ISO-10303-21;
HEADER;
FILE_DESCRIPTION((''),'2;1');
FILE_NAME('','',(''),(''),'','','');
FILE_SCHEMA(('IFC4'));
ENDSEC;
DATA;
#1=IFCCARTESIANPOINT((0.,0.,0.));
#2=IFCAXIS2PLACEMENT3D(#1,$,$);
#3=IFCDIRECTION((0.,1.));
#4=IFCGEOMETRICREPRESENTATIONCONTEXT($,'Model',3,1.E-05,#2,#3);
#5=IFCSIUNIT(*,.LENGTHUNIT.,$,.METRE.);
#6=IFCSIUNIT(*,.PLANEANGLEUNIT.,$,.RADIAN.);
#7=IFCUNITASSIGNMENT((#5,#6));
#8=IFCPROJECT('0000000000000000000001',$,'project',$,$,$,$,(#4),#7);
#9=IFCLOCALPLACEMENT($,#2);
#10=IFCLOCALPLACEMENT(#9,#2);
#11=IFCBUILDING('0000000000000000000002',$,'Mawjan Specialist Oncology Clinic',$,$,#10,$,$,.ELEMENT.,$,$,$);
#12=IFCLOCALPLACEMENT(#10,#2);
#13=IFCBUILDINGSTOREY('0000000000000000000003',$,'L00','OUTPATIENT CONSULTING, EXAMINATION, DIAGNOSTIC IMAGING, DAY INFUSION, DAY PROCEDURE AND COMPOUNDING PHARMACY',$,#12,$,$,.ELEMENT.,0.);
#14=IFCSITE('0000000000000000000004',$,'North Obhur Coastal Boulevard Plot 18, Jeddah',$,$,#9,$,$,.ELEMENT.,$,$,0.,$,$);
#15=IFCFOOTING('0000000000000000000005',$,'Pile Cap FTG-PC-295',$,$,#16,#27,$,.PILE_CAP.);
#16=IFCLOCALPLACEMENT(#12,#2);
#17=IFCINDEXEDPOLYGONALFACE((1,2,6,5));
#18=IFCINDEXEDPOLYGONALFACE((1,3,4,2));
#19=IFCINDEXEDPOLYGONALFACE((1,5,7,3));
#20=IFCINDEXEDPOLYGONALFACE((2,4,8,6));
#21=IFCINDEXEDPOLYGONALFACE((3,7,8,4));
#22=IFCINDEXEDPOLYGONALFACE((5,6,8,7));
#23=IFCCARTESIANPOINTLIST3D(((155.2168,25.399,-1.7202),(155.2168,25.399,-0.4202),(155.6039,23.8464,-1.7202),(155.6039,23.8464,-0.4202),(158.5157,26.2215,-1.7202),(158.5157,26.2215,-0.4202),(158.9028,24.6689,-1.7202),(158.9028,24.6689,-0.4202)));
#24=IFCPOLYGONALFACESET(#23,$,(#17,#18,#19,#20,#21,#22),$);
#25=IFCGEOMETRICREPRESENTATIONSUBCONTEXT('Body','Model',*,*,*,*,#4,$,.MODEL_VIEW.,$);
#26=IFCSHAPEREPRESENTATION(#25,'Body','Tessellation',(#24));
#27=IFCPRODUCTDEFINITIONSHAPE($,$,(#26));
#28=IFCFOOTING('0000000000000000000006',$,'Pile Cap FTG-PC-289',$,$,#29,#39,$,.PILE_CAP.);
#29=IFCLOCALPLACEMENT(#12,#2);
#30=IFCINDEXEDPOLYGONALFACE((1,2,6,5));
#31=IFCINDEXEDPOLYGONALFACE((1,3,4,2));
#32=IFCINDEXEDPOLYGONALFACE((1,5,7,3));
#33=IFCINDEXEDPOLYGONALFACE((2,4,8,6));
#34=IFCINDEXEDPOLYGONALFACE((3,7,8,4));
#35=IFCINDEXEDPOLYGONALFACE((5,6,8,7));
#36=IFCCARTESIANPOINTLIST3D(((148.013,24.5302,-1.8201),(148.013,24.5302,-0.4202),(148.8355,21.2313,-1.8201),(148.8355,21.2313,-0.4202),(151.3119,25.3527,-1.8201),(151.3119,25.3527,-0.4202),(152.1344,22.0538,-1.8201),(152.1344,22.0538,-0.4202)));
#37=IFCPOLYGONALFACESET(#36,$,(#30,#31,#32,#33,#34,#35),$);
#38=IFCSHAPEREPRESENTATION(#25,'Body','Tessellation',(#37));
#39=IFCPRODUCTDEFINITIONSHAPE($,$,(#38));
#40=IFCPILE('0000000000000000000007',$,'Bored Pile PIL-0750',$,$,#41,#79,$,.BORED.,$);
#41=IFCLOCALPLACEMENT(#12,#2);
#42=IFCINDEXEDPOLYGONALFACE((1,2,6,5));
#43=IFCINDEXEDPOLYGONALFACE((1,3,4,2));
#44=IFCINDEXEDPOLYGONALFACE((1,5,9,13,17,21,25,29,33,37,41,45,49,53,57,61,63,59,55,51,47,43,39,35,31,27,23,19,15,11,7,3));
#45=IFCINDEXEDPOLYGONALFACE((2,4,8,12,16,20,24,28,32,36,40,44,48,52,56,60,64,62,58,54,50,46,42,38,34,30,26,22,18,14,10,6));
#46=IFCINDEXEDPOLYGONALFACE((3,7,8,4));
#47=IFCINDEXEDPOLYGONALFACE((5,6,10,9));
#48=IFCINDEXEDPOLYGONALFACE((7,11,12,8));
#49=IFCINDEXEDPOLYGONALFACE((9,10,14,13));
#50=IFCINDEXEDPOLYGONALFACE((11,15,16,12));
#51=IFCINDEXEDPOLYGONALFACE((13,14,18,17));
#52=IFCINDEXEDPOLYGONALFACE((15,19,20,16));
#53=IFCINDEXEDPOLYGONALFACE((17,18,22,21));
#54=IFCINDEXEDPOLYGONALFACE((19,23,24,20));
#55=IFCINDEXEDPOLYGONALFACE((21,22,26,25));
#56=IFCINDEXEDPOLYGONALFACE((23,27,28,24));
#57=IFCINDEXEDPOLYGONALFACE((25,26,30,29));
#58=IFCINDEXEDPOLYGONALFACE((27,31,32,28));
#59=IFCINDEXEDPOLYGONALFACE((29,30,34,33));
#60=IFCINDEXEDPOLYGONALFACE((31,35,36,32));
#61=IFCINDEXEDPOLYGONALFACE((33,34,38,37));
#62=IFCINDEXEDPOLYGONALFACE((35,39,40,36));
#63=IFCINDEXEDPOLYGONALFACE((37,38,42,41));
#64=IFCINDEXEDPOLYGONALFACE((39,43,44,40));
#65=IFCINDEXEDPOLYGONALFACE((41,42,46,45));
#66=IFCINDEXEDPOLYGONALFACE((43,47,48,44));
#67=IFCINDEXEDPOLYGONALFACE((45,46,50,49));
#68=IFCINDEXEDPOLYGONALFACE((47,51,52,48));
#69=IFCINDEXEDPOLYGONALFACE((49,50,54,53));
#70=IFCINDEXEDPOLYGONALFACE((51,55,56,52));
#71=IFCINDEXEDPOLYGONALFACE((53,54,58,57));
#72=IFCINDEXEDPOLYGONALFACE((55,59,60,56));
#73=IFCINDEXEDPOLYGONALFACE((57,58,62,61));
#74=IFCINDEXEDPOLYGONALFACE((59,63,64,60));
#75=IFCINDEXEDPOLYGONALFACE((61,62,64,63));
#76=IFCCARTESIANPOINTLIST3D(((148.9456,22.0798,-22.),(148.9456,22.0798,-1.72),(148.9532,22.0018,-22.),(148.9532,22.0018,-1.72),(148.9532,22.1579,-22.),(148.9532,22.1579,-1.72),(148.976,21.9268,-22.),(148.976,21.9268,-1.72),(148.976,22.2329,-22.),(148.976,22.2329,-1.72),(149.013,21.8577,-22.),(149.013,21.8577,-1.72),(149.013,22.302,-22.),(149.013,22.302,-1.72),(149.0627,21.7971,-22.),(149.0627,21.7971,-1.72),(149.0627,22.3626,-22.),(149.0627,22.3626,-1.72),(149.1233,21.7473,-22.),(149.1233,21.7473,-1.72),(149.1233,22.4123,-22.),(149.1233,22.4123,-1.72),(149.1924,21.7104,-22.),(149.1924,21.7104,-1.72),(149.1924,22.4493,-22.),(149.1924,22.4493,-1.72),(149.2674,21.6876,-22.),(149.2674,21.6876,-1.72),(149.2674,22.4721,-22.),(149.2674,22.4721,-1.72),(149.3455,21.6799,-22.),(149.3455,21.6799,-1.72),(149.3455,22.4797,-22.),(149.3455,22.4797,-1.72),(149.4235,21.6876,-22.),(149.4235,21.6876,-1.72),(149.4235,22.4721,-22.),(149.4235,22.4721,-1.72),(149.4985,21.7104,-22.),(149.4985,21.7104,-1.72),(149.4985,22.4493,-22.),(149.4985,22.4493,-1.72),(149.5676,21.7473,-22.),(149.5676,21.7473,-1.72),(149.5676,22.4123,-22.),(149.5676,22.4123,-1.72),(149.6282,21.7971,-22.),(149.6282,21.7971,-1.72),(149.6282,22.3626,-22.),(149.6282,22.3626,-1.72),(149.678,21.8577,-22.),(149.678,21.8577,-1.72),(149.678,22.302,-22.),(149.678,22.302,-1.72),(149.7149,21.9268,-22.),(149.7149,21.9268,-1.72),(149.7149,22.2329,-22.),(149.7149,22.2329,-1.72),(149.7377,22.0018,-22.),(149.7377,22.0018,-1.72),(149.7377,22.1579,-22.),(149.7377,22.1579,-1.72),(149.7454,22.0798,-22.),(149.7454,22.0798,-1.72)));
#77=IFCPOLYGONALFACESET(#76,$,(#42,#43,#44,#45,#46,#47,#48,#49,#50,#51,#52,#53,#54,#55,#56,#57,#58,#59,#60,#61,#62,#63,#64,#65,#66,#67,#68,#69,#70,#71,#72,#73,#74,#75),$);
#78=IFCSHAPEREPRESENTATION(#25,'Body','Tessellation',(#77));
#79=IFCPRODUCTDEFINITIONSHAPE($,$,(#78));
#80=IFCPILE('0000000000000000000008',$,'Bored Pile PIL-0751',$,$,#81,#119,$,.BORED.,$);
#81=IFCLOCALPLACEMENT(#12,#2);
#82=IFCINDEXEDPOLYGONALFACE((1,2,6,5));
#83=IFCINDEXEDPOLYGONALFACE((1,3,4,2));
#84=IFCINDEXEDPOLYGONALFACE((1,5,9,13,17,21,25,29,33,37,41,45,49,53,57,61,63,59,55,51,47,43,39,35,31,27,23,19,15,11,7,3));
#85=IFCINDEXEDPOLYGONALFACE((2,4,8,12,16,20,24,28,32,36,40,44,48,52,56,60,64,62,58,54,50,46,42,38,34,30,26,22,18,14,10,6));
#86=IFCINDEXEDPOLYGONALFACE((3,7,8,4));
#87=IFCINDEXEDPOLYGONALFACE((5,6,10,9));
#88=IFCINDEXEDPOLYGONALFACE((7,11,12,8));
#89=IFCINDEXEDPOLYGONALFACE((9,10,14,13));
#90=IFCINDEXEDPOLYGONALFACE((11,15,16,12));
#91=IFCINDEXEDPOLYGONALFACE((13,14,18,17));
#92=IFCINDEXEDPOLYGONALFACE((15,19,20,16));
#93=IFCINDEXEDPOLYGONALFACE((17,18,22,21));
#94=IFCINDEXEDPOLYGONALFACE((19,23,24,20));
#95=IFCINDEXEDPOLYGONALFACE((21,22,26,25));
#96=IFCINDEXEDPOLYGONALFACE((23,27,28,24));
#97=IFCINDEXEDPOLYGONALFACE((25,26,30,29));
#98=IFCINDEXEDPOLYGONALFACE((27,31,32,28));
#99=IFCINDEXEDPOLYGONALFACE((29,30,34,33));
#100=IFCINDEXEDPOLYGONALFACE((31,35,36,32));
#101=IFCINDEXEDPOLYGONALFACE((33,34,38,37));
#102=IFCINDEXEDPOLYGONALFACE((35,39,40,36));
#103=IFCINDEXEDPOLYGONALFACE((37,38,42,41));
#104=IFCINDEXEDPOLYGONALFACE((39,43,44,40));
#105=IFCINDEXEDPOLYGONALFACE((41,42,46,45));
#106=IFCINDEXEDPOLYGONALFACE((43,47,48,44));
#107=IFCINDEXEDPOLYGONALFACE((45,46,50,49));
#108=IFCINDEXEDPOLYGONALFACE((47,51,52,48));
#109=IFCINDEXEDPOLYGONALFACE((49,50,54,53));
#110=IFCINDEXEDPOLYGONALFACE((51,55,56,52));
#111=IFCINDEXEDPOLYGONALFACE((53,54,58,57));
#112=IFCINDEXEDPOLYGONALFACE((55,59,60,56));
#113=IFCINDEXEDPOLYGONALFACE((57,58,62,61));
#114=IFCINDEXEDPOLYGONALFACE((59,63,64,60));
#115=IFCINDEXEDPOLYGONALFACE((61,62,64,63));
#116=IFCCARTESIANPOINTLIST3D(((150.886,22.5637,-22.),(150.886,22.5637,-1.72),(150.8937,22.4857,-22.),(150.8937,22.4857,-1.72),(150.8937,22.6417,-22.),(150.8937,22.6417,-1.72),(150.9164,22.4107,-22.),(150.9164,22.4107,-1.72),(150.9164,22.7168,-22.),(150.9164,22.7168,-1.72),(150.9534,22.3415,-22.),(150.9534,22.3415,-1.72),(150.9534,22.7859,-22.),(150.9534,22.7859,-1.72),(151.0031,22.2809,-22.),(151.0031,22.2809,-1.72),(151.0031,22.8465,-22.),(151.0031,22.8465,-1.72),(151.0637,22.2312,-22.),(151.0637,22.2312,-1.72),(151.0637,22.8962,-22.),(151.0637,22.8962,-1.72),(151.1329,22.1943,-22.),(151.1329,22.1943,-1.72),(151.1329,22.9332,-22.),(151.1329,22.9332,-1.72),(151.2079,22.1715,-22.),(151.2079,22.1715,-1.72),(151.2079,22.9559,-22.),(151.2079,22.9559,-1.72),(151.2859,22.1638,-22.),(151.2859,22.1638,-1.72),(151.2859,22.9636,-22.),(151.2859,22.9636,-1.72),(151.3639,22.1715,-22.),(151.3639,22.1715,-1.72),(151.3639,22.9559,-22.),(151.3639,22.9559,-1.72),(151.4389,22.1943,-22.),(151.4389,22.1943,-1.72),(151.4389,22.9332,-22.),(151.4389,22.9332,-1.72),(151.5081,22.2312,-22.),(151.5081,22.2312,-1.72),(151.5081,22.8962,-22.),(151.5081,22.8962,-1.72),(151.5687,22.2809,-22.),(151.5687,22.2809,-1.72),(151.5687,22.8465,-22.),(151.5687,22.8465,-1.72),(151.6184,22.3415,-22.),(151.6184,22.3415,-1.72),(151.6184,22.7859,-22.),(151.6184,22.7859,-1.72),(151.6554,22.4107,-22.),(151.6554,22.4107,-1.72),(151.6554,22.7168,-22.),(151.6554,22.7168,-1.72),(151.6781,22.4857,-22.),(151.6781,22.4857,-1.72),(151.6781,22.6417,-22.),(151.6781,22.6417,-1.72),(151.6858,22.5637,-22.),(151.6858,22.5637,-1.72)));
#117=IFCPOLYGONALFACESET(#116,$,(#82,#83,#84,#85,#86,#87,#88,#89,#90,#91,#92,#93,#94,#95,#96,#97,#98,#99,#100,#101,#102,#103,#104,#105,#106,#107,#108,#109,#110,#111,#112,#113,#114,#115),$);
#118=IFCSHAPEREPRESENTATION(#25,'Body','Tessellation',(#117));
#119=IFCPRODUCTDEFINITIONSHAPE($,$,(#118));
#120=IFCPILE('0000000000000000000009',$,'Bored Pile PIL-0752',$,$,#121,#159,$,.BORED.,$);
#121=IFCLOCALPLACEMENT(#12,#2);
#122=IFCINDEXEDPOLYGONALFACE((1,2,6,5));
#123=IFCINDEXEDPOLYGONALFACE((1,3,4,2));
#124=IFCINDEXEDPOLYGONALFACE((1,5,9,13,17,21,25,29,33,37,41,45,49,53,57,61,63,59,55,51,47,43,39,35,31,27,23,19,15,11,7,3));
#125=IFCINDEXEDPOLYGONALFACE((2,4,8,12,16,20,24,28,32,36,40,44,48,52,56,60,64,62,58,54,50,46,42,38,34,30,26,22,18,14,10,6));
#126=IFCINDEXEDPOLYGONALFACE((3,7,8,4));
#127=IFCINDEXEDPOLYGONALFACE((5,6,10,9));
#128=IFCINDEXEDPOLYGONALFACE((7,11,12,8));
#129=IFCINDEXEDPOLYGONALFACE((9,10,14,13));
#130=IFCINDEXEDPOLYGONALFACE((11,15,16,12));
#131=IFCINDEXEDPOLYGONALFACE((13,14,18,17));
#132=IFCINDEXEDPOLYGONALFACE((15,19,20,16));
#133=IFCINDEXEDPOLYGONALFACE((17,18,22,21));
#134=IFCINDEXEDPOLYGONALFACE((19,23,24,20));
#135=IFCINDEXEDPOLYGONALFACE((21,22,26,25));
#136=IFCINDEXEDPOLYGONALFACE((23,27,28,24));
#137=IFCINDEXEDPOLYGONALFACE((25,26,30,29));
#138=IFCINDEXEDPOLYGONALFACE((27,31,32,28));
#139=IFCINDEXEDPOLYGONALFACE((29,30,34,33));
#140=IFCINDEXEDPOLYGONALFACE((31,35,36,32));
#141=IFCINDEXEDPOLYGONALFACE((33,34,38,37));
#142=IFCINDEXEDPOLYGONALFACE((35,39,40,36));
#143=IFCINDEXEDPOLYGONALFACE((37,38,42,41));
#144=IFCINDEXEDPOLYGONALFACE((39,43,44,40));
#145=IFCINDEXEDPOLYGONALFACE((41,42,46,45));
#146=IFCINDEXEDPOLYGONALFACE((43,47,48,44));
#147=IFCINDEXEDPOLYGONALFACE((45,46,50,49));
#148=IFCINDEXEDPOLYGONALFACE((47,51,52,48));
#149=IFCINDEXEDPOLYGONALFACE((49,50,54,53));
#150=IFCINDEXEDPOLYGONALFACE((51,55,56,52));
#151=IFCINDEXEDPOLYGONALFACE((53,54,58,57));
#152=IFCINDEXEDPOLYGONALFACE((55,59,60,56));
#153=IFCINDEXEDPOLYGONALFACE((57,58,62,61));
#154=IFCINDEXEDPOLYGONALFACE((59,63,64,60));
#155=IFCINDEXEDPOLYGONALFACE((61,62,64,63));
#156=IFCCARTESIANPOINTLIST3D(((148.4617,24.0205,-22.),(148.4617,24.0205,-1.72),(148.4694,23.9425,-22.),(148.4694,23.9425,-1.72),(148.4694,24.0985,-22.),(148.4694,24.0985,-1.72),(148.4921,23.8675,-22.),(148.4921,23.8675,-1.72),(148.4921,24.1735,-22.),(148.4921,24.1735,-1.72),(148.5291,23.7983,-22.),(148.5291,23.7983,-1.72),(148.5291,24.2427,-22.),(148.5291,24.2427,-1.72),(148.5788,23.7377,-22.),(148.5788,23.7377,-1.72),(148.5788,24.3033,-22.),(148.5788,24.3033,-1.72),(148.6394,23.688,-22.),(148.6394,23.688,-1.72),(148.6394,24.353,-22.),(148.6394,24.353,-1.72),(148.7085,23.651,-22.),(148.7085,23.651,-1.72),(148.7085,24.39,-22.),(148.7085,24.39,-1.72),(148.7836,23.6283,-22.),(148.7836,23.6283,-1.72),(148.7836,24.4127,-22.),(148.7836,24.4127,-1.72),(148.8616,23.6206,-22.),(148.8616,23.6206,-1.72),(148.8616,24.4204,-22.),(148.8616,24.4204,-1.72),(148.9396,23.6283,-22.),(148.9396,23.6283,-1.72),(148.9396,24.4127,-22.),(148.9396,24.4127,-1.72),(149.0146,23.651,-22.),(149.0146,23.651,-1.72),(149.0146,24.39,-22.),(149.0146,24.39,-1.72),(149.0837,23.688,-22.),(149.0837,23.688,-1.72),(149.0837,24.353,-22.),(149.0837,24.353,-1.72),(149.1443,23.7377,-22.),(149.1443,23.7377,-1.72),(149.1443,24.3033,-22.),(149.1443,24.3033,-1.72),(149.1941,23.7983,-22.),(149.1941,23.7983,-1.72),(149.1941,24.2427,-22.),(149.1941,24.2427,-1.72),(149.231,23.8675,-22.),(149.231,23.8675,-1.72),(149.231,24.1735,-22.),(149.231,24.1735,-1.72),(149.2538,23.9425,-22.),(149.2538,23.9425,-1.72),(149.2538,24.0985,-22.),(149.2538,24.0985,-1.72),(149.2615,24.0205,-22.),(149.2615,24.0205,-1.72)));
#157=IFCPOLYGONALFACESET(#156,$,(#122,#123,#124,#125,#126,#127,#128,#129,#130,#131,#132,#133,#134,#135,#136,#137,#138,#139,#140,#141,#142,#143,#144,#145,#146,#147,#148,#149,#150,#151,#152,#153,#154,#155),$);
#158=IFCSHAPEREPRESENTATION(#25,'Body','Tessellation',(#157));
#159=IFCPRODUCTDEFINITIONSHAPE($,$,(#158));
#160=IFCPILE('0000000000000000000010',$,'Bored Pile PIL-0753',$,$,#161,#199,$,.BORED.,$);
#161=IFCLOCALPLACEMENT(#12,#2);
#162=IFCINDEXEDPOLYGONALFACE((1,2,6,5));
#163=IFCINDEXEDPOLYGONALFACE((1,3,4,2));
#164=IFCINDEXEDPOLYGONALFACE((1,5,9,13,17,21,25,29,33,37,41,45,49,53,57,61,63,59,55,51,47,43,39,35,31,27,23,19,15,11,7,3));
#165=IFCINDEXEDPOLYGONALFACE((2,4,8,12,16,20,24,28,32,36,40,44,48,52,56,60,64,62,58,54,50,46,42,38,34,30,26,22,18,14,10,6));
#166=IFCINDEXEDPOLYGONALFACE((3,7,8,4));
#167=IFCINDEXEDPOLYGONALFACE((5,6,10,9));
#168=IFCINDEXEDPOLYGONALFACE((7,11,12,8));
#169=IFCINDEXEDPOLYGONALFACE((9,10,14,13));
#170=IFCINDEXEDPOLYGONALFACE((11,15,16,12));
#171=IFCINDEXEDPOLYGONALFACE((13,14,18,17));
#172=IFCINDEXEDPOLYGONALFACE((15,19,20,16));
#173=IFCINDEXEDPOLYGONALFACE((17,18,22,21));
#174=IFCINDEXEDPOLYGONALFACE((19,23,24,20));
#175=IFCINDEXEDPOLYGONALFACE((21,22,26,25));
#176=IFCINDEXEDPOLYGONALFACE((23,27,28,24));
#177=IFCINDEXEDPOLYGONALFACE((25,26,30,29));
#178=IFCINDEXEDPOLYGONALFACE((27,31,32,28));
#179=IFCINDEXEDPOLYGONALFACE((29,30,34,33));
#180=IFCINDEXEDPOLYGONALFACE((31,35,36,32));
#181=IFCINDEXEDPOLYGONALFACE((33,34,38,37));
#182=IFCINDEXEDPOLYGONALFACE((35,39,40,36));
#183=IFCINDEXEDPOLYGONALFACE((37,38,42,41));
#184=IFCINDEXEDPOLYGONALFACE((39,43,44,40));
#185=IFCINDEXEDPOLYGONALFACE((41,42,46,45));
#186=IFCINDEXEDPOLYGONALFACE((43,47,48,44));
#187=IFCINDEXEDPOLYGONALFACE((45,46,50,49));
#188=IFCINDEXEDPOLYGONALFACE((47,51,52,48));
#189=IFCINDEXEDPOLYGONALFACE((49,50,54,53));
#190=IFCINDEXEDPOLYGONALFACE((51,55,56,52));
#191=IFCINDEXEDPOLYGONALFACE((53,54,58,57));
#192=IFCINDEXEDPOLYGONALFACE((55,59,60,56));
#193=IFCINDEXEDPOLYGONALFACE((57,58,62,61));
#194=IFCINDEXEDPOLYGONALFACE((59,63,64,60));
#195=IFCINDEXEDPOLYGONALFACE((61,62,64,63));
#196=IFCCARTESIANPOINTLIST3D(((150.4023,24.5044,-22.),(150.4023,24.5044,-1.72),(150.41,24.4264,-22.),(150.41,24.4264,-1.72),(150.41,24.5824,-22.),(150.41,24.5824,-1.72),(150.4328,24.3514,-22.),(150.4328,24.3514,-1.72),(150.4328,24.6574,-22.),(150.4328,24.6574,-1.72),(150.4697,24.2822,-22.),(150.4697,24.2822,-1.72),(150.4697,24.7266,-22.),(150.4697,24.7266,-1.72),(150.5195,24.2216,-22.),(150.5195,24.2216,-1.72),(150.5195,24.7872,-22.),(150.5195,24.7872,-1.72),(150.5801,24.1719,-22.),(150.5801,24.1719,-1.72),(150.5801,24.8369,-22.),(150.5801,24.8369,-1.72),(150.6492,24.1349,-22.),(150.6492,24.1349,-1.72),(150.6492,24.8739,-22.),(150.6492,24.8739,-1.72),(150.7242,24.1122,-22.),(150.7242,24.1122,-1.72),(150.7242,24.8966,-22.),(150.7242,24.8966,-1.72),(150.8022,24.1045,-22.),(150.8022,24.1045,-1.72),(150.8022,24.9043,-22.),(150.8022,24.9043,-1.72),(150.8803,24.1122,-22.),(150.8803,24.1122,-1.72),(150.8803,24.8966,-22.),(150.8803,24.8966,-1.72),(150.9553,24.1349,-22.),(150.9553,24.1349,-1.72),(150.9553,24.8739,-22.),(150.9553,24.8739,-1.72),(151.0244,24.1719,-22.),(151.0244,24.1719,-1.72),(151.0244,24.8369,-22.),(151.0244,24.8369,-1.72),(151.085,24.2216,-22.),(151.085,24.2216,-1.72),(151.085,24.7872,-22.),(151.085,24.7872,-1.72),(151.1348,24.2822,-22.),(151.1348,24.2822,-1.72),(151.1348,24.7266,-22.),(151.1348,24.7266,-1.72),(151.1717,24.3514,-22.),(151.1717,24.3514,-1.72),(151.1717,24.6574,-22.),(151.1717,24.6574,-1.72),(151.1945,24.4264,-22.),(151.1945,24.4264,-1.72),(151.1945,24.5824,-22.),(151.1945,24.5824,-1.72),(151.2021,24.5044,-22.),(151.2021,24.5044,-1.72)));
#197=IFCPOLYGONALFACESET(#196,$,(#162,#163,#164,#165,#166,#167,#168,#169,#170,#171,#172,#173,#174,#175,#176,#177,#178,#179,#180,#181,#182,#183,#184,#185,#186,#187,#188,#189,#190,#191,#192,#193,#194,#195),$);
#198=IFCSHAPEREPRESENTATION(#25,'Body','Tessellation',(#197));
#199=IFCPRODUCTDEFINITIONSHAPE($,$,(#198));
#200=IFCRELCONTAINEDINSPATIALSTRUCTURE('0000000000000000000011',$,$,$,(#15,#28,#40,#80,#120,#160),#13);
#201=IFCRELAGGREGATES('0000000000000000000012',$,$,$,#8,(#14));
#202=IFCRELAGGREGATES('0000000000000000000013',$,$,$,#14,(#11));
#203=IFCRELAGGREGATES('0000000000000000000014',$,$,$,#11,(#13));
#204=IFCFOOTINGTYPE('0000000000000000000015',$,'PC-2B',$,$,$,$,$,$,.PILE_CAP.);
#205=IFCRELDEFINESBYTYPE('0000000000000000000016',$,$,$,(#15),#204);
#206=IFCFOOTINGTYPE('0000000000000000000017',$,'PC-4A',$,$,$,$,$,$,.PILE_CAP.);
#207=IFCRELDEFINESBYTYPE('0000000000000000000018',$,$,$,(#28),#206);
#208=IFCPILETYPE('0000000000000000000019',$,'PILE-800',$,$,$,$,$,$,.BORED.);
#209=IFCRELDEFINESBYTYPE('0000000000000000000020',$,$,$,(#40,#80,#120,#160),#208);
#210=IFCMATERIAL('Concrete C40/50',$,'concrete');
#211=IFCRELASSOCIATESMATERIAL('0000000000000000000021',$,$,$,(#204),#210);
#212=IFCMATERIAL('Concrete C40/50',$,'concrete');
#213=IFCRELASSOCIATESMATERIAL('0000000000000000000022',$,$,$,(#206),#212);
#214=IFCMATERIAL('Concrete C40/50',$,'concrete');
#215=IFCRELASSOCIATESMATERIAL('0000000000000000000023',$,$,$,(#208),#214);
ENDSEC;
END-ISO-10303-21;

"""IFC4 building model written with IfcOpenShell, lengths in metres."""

from ifc_helpers import new_model, si_unit, direction, frame, origin, origin_2d, place, context, subcontext, project, spatial, rectangle, circle, extrude, material, material_profile, profile_set, type_object, element, save


model = new_model("IFC4")

# Units and contexts
model_context = context("Model", 3, precision=1e-05, world=origin(), true_north=direction((0.0, 1.0)))
body_context = subcontext(model_context, "Body", "Model", "MODEL_VIEW")
ifc_project = project(units=[si_unit("LENGTHUNIT", "METRE"), si_unit("PLANEANGLEUNIT", "RADIAN")], contexts=[model_context])

# Site, building, storey
site_placement = place(None, origin())
site = spatial("IfcSite", under=ifc_project, at=site_placement, Name="North Obhur Coastal Boulevard Plot 18, Jeddah", CompositionType="ELEMENT", RefElevation=0.0)
building_placement = place(site_placement, origin())
building = spatial("IfcBuilding", under=site, at=building_placement, Name="Mawjan Specialist Oncology Clinic", CompositionType="ELEMENT")
storey_placement = place(building_placement, origin())
storey = spatial("IfcBuildingStorey", under=building, at=storey_placement, Name="L00", Description="OUTPATIENT CONSULTING, EXAMINATION, DIAGNOSTIC IMAGING, DAY INFUSION, DAY PROCEDURE AND COMPOUNDING PHARMACY", CompositionType="ELEMENT", Elevation=0.0)

# Footings
ifc_material_1 = material(Name="Concrete C40/50", Category="concrete")
footing_type_1 = type_object("IfcFootingType", Name="PC-2B", PredefinedType="PILE_CAP", material=ifc_material_1)
footing_1_placement = place(storey_placement, frame((157.0598, 25.0339, -1.7202), z_axis=(0.0, 0.0, 1.0), x_axis=(0.970296, 0.241922, 0.0)))
element("IfcFooting", 1, at=footing_1_placement, inside=storey, type_object=footing_type_1, Name="Pile Cap FTG-PC-295", PredefinedType="PILE_CAP", context=body_context, shape_type="SweptSolid", body=[
    extrude(rectangle(XDim=3.3999, YDim=1.6001, at=origin_2d()), origin(), (0.0, 0.0, 1.0), 1.3),
])
ifc_material_2 = material(Name="Concrete C40/50", Category="concrete")
footing_type_2 = type_object("IfcFootingType", Name="PC-4A", PredefinedType="PILE_CAP", material=ifc_material_2)
footing_2_placement = place(storey_placement, frame((150.0737, 23.292, -1.8201), z_axis=(0.0, 0.0, 1.0), x_axis=(0.970296, 0.241922, 0.0)))
element("IfcFooting", 2, at=footing_2_placement, inside=storey, type_object=footing_type_2, Name="Pile Cap FTG-PC-289", PredefinedType="PILE_CAP", context=body_context, shape_type="SweptSolid", body=[
    extrude(rectangle(XDim=3.3999, YDim=3.3999, at=origin_2d()), origin(), (0.0, 0.0, 1.0), 1.3999),
])

# Piles
ifc_material_3 = material(Name="Concrete C40/50", Category="concrete")
ifc_material_profile_1 = material_profile(ifc_material_3, circle(Radius=0.3999, at=origin_2d()), Name="BORED PILE D800", Category="concrete")
ifc_profile_set_1 = profile_set([ifc_material_profile_1], Name="Concrete C40/50")
pile_type = type_object("IfcPileType", Name="PILE-800", PredefinedType="BORED", material=ifc_profile_set_1)
for number, where, z_axis, x_axis, name in (
    (3, (149.3455, 22.0798, -1.72), (0.0, 0.0, -1.0), (1.0, 0.0, 0.0), "Bored Pile PIL-0750"),
    (4, (151.2859, 22.5637, -1.72), (0.0, 0.0, -1.0), (1.0, 0.0, 0.0), "Bored Pile PIL-0751"),
    (5, (148.8616, 24.0205, -1.72), (0.0, 0.0, -1.0), (1.0, 0.0, 0.0), "Bored Pile PIL-0752"),
    (6, (150.8022, 24.5044, -1.72), (0.0, 0.0, -1.0), (1.0, 0.0, 0.0), "Bored Pile PIL-0753"),
):
    element("IfcPile", number, at=place(storey_placement, frame(where, z_axis=z_axis, x_axis=x_axis)), inside=storey, type_object=pile_type, Name=name, PredefinedType="BORED", context=body_context, shape_type="SweptSolid", body=[
        extrude(circle(Radius=0.3999, at=origin_2d()), origin(), (0.0, 0.0, 1.0), 20.28),
    ])

save(model, "model.ifc")
